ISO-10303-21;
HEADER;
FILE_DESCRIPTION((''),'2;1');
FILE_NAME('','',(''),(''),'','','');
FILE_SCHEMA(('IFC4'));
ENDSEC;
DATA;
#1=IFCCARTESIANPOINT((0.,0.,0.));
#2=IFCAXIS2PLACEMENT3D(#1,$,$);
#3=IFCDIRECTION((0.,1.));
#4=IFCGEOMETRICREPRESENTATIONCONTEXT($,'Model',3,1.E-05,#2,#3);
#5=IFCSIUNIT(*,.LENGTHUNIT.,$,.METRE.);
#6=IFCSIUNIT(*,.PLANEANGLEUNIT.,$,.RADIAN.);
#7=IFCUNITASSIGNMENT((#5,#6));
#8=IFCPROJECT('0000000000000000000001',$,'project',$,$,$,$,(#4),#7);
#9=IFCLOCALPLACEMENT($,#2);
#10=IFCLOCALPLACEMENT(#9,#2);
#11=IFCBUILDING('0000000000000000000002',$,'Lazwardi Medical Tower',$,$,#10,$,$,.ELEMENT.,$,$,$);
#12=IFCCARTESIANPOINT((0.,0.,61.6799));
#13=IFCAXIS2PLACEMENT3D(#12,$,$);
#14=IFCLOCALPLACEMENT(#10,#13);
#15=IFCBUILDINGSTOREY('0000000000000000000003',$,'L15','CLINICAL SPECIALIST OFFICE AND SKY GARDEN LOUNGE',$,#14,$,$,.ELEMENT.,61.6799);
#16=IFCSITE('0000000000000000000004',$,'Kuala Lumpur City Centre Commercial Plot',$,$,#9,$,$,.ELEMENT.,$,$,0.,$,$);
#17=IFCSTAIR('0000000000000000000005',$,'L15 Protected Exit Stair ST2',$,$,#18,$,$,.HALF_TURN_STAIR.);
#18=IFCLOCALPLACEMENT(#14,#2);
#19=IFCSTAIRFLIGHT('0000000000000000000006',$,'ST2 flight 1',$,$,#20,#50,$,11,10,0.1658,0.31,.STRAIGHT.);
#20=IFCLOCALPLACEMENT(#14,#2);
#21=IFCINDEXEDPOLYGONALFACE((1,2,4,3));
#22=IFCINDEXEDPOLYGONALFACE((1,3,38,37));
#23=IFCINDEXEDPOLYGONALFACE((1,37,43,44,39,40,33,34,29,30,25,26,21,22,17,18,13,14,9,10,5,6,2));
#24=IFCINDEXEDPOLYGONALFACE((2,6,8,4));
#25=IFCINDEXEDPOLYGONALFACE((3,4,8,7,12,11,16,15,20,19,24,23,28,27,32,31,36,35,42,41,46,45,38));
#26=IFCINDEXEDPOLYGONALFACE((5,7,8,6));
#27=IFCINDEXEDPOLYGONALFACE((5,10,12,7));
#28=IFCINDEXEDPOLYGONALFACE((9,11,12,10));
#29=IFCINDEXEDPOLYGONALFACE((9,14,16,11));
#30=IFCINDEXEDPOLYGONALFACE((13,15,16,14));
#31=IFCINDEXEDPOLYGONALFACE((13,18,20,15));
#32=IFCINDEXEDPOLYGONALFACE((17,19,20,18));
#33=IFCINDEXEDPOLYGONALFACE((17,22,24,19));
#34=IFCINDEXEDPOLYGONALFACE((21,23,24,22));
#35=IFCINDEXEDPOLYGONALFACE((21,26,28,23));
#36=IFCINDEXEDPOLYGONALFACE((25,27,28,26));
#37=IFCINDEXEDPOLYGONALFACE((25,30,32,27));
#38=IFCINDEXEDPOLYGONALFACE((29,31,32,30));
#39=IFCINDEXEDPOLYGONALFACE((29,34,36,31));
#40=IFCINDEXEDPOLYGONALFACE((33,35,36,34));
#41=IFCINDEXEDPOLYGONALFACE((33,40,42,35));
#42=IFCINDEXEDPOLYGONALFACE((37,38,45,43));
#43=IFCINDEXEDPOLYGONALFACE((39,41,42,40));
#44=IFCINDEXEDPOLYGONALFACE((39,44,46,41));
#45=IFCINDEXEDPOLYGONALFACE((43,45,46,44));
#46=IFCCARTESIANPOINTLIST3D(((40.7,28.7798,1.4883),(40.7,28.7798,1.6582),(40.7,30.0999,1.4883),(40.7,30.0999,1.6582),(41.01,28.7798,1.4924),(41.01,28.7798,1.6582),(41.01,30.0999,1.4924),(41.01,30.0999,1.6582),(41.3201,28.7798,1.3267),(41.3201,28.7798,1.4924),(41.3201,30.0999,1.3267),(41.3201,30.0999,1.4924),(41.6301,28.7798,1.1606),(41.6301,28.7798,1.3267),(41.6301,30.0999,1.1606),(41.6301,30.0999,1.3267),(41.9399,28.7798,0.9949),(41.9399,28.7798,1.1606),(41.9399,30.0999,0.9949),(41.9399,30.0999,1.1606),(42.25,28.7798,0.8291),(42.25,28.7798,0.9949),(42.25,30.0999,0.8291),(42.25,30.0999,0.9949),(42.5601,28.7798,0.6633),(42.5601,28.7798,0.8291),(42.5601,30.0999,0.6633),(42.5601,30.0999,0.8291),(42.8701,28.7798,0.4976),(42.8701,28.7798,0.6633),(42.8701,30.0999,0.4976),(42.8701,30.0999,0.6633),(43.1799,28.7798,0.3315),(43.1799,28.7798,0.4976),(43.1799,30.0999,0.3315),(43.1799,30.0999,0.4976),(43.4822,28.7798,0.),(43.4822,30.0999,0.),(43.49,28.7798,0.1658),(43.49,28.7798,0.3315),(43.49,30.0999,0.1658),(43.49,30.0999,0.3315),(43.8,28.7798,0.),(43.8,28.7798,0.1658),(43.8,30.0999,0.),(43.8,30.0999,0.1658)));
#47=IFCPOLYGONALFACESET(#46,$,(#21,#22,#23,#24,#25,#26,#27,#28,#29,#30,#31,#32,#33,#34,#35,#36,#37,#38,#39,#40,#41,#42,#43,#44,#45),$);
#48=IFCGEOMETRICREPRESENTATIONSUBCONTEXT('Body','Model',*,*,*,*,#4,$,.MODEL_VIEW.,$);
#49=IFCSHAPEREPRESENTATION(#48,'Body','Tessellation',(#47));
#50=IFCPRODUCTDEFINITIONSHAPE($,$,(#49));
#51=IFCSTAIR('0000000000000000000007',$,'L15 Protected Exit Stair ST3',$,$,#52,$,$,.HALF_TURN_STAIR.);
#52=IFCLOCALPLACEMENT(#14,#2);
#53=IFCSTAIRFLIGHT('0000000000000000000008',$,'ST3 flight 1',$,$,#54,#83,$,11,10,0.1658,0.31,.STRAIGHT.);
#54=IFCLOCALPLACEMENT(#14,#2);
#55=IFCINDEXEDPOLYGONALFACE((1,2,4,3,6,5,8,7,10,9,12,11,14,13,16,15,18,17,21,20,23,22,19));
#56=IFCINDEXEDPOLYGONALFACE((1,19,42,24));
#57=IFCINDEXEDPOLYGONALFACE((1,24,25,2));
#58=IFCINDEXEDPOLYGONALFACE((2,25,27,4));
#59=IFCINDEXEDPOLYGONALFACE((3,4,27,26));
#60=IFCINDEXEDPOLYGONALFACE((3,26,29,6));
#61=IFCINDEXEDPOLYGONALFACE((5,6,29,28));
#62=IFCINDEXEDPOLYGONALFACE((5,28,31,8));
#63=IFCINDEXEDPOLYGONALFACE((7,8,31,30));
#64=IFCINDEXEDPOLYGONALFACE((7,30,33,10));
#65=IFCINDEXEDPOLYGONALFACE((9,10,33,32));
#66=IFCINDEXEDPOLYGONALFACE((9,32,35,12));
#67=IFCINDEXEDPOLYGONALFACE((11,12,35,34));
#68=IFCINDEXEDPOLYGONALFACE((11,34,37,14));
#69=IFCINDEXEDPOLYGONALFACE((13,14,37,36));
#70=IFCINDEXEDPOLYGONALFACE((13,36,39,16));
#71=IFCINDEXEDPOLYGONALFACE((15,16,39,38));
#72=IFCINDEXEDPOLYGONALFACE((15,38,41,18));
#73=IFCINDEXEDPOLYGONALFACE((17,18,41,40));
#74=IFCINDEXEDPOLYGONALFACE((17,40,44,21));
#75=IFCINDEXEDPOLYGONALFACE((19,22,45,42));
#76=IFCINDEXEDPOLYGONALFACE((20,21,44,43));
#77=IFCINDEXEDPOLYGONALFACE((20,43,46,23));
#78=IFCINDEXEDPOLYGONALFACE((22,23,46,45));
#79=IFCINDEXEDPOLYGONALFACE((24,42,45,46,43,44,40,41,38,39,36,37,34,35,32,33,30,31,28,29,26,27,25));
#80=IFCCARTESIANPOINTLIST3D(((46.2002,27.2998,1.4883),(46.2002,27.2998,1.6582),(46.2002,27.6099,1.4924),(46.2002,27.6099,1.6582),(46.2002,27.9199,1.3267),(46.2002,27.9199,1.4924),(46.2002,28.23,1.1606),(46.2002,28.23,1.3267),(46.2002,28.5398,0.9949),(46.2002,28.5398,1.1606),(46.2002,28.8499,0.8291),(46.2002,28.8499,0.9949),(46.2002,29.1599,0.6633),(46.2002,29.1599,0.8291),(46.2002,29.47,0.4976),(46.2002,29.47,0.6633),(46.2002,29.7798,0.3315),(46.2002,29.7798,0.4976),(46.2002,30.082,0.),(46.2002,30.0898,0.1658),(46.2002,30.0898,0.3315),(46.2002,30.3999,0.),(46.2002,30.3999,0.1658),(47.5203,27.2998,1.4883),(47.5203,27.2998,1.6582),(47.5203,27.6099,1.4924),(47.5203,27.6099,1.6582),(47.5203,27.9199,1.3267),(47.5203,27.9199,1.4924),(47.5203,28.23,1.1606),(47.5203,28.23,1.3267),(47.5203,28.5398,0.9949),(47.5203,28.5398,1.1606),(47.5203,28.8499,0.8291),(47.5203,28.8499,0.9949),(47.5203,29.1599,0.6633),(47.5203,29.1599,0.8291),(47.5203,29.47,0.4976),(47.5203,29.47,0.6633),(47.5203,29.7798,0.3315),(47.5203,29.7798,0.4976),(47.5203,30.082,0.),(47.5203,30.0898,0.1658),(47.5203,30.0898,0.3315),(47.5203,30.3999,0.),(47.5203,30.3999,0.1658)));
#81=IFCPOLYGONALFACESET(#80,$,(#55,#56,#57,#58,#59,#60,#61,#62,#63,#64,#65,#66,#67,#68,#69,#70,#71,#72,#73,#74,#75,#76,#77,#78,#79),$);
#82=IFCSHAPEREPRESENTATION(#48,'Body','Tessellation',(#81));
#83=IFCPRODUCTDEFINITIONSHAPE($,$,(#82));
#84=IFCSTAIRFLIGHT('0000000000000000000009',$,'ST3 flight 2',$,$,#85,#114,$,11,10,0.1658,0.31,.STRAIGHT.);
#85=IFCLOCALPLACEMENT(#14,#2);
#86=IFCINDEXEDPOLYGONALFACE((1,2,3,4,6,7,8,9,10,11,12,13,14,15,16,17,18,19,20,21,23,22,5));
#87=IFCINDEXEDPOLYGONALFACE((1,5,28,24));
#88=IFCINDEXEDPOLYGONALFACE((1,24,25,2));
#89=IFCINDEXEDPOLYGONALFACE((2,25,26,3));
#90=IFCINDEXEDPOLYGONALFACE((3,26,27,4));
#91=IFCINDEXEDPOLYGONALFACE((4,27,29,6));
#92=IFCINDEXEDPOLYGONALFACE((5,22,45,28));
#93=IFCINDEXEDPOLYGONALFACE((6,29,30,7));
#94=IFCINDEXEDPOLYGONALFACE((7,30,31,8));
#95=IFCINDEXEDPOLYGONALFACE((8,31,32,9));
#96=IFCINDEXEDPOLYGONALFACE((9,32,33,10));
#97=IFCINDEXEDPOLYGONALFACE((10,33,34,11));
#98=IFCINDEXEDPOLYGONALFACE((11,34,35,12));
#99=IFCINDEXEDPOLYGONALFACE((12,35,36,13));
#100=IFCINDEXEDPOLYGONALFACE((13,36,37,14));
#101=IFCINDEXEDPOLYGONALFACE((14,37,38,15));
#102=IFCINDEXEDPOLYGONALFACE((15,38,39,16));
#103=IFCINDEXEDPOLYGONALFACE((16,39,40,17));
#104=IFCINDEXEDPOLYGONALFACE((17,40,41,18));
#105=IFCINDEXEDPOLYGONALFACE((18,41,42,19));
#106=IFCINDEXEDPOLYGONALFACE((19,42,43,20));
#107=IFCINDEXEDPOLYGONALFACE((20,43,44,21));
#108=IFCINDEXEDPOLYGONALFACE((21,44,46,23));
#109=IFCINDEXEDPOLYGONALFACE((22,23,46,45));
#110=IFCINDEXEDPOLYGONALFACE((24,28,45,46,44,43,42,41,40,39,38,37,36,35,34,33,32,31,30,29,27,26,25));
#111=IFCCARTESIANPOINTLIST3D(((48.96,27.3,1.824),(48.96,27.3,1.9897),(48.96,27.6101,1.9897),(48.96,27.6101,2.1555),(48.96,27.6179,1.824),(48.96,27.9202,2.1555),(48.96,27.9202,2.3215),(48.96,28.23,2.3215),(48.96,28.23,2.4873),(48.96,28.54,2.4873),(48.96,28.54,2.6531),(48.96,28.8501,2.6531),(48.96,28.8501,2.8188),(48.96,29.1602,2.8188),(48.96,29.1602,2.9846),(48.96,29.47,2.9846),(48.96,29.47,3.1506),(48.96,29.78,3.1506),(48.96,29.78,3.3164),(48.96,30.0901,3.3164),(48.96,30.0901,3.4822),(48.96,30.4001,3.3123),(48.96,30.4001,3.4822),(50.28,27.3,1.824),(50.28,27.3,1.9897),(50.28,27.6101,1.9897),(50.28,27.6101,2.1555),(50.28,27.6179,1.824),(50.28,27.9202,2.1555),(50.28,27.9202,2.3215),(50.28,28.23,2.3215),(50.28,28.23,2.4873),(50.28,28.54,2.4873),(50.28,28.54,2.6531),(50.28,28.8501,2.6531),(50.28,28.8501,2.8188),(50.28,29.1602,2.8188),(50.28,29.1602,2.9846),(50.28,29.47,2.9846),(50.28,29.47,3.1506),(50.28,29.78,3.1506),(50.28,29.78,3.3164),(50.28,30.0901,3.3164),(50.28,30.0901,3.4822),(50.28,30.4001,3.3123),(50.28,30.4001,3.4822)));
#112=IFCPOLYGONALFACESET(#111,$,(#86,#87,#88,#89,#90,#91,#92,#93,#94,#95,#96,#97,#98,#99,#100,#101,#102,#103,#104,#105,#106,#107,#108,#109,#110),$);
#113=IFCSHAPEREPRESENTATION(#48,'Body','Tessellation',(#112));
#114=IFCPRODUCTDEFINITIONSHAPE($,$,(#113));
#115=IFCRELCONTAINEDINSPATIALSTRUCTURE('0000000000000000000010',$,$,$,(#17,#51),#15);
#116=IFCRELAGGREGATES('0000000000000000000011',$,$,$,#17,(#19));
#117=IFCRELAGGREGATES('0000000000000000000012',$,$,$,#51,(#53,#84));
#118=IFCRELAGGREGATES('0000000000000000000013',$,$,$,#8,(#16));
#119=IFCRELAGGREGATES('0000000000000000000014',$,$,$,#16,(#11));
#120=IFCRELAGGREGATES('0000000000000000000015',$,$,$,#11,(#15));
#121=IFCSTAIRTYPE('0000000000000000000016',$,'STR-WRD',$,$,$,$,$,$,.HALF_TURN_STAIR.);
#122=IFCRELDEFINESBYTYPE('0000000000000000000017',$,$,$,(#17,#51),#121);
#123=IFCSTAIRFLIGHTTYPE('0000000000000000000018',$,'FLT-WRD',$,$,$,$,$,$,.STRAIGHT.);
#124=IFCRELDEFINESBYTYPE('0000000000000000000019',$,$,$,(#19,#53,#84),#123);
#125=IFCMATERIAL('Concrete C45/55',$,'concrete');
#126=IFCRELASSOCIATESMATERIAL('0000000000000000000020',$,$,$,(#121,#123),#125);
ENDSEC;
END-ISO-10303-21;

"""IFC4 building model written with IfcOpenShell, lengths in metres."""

from ifc_helpers import new_model, si_unit, direction, frame, origin, place, context, subcontext, project, spatial, polyline, outline, extrude, material, type_object, element, aggregate, save


model = new_model("IFC4")

# Units and contexts
model_context = context("Model", 3, precision=1e-05, world=origin(), true_north=direction((0.0, 1.0)))
body_context = subcontext(model_context, "Body", "Model", "MODEL_VIEW")
ifc_project = project(units=[si_unit("LENGTHUNIT", "METRE"), si_unit("PLANEANGLEUNIT", "RADIAN")], contexts=[model_context])

# Site, building, storey
site_placement = place(None, origin())
site = spatial("IfcSite", under=ifc_project, at=site_placement, Name="Kuala Lumpur City Centre Commercial Plot", CompositionType="ELEMENT", RefElevation=0.0)
building_placement = place(site_placement, origin())
building = spatial("IfcBuilding", under=site, at=building_placement, Name="Lazwardi Medical Tower", CompositionType="ELEMENT")
storey_placement = place(building_placement, frame((0.0, 0.0, 61.6799)))
storey = spatial("IfcBuildingStorey", under=building, at=storey_placement, Name="L15", Description="CLINICAL SPECIALIST OFFICE AND SKY GARDEN LOUNGE", CompositionType="ELEMENT", Elevation=61.6799)

# Stair, stair flight
ifc_material_1 = material(Name="Concrete C45/55", Category="concrete")
stair_type = type_object("IfcStairType", Name="STR-WRD", PredefinedType="HALF_TURN_STAIR", material=ifc_material_1)
stair_1_placement = place(storey_placement, origin())
stair_1 = element("IfcStair", 1, at=stair_1_placement, inside=storey, type_object=stair_type, Name="L15 Protected Exit Stair ST2", PredefinedType="HALF_TURN_STAIR")
stair_flight_type = type_object("IfcStairFlightType", Name="FLT-WRD", PredefinedType="STRAIGHT", material=ifc_material_1)
stair_flight_1_placement = place(storey_placement, frame((43.8, 29.4399, 0.0), z_axis=(0.0, 0.0, 1.0), x_axis=(-1.0, 0.0, 0.0)))
stair_flight_1 = element("IfcStairFlight", 2, at=stair_flight_1_placement, type_object=stair_flight_type, Name="ST2 flight 1", NumberOfRisers=11, NumberOfTreads=10, PredefinedType="STRAIGHT", RiserHeight=0.1658, TreadLength=0.31, context=body_context, shape_type="SweptSolid", body=[
    extrude(outline(polyline([(0.0, 0.0), (0.0, 0.1658), (0.3101, 0.1658), (0.3101, 0.3315), (0.6201, 0.3315), (0.6201, 0.4976), (0.9299, 0.4976), (0.9299, 0.6633), (1.24, 0.6633), (1.24, 0.8291), (1.55, 0.8291), (1.55, 0.9949), (1.8601, 0.9949), (1.8601, 1.1606), (2.1699, 1.1606), (2.1699, 1.3267), (2.48, 1.3267), (2.48, 1.4924), (2.79, 1.4924), (2.79, 1.6582), (3.1001, 1.6582), (3.1001, 1.824), (3.1001, 1.4883), (0.3179, 0.0), (0.0, 0.0)])), frame((0.0, 0.6602, 0.0), z_axis=(0.0, -1.0, 0.0), x_axis=(1.0, 0.0, 0.0)), (0.0, 0.0, 1.0), 1.3201),
])
aggregate(stair_1, [stair_flight_1])

# Stair, stair flights
stair_2_placement = place(storey_placement, origin())
stair_2 = element("IfcStair", 3, at=stair_2_placement, inside=storey, type_object=stair_type, Name="L15 Protected Exit Stair ST3", PredefinedType="HALF_TURN_STAIR")
stair_flight_2_placement = place(storey_placement, frame((46.8601, 30.3999, 0.0), z_axis=(0.0, 0.0, 1.0), x_axis=(0.0, -1.0, 0.0)))
stair_flight_2 = element("IfcStairFlight", 4, at=stair_flight_2_placement, type_object=stair_flight_type, Name="ST3 flight 1", NumberOfRisers=11, NumberOfTreads=10, PredefinedType="STRAIGHT", RiserHeight=0.1658, TreadLength=0.31, context=body_context, shape_type="SweptSolid", body=[
    extrude(outline(polyline([(0.0, 0.0), (0.0, 0.1658), (0.3101, 0.1658), (0.3101, 0.3315), (0.6201, 0.3315), (0.6201, 0.4976), (0.9299, 0.4976), (0.9299, 0.6633), (1.24, 0.6633), (1.24, 0.8291), (1.55, 0.8291), (1.55, 0.9949), (1.8601, 0.9949), (1.8601, 1.1606), (2.1699, 1.1606), (2.1699, 1.3267), (2.48, 1.3267), (2.48, 1.4924), (2.79, 1.4924), (2.79, 1.6582), (3.1001, 1.6582), (3.1001, 1.824), (3.1001, 1.4883), (0.3179, 0.0), (0.0, 0.0)])), frame((0.0, 0.6602, 0.0), z_axis=(0.0, -1.0, 0.0), x_axis=(1.0, 0.0, 0.0)), (0.0, 0.0, 1.0), 1.3201),
])
stair_flight_3_placement = place(storey_placement, frame((49.6201, 27.3, 1.824), z_axis=(0.0, 0.0, 1.0), x_axis=(0.0, 1.0, 0.0)))
stair_flight_3 = element("IfcStairFlight", 5, at=stair_flight_3_placement, type_object=stair_flight_type, Name="ST3 flight 2", NumberOfRisers=11, NumberOfTreads=10, PredefinedType="STRAIGHT", RiserHeight=0.1658, TreadLength=0.31, context=body_context, shape_type="SweptSolid", body=[
    extrude(outline(polyline([(0.0, 0.0), (0.0, 0.1658), (0.3101, 0.1658), (0.3101, 0.3315), (0.6201, 0.3315), (0.6201, 0.4976), (0.9299, 0.4976), (0.9299, 0.6633), (1.24, 0.6633), (1.24, 0.8291), (1.55, 0.8291), (1.55, 0.9949), (1.8601, 0.9949), (1.8601, 1.1606), (2.1699, 1.1606), (2.1699, 1.3267), (2.48, 1.3267), (2.48, 1.4924), (2.79, 1.4924), (2.79, 1.6582), (3.1001, 1.6582), (3.1001, 1.824), (3.1001, 1.4883), (0.3179, 0.0), (0.0, 0.0)])), frame((0.0, 0.6602, 0.0), z_axis=(0.0, -1.0, 0.0), x_axis=(1.0, 0.0, 0.0)), (0.0, 0.0, 1.0), 1.3201),
])
aggregate(stair_2, [stair_flight_2, stair_flight_3])

save(model, "model.ifc")
